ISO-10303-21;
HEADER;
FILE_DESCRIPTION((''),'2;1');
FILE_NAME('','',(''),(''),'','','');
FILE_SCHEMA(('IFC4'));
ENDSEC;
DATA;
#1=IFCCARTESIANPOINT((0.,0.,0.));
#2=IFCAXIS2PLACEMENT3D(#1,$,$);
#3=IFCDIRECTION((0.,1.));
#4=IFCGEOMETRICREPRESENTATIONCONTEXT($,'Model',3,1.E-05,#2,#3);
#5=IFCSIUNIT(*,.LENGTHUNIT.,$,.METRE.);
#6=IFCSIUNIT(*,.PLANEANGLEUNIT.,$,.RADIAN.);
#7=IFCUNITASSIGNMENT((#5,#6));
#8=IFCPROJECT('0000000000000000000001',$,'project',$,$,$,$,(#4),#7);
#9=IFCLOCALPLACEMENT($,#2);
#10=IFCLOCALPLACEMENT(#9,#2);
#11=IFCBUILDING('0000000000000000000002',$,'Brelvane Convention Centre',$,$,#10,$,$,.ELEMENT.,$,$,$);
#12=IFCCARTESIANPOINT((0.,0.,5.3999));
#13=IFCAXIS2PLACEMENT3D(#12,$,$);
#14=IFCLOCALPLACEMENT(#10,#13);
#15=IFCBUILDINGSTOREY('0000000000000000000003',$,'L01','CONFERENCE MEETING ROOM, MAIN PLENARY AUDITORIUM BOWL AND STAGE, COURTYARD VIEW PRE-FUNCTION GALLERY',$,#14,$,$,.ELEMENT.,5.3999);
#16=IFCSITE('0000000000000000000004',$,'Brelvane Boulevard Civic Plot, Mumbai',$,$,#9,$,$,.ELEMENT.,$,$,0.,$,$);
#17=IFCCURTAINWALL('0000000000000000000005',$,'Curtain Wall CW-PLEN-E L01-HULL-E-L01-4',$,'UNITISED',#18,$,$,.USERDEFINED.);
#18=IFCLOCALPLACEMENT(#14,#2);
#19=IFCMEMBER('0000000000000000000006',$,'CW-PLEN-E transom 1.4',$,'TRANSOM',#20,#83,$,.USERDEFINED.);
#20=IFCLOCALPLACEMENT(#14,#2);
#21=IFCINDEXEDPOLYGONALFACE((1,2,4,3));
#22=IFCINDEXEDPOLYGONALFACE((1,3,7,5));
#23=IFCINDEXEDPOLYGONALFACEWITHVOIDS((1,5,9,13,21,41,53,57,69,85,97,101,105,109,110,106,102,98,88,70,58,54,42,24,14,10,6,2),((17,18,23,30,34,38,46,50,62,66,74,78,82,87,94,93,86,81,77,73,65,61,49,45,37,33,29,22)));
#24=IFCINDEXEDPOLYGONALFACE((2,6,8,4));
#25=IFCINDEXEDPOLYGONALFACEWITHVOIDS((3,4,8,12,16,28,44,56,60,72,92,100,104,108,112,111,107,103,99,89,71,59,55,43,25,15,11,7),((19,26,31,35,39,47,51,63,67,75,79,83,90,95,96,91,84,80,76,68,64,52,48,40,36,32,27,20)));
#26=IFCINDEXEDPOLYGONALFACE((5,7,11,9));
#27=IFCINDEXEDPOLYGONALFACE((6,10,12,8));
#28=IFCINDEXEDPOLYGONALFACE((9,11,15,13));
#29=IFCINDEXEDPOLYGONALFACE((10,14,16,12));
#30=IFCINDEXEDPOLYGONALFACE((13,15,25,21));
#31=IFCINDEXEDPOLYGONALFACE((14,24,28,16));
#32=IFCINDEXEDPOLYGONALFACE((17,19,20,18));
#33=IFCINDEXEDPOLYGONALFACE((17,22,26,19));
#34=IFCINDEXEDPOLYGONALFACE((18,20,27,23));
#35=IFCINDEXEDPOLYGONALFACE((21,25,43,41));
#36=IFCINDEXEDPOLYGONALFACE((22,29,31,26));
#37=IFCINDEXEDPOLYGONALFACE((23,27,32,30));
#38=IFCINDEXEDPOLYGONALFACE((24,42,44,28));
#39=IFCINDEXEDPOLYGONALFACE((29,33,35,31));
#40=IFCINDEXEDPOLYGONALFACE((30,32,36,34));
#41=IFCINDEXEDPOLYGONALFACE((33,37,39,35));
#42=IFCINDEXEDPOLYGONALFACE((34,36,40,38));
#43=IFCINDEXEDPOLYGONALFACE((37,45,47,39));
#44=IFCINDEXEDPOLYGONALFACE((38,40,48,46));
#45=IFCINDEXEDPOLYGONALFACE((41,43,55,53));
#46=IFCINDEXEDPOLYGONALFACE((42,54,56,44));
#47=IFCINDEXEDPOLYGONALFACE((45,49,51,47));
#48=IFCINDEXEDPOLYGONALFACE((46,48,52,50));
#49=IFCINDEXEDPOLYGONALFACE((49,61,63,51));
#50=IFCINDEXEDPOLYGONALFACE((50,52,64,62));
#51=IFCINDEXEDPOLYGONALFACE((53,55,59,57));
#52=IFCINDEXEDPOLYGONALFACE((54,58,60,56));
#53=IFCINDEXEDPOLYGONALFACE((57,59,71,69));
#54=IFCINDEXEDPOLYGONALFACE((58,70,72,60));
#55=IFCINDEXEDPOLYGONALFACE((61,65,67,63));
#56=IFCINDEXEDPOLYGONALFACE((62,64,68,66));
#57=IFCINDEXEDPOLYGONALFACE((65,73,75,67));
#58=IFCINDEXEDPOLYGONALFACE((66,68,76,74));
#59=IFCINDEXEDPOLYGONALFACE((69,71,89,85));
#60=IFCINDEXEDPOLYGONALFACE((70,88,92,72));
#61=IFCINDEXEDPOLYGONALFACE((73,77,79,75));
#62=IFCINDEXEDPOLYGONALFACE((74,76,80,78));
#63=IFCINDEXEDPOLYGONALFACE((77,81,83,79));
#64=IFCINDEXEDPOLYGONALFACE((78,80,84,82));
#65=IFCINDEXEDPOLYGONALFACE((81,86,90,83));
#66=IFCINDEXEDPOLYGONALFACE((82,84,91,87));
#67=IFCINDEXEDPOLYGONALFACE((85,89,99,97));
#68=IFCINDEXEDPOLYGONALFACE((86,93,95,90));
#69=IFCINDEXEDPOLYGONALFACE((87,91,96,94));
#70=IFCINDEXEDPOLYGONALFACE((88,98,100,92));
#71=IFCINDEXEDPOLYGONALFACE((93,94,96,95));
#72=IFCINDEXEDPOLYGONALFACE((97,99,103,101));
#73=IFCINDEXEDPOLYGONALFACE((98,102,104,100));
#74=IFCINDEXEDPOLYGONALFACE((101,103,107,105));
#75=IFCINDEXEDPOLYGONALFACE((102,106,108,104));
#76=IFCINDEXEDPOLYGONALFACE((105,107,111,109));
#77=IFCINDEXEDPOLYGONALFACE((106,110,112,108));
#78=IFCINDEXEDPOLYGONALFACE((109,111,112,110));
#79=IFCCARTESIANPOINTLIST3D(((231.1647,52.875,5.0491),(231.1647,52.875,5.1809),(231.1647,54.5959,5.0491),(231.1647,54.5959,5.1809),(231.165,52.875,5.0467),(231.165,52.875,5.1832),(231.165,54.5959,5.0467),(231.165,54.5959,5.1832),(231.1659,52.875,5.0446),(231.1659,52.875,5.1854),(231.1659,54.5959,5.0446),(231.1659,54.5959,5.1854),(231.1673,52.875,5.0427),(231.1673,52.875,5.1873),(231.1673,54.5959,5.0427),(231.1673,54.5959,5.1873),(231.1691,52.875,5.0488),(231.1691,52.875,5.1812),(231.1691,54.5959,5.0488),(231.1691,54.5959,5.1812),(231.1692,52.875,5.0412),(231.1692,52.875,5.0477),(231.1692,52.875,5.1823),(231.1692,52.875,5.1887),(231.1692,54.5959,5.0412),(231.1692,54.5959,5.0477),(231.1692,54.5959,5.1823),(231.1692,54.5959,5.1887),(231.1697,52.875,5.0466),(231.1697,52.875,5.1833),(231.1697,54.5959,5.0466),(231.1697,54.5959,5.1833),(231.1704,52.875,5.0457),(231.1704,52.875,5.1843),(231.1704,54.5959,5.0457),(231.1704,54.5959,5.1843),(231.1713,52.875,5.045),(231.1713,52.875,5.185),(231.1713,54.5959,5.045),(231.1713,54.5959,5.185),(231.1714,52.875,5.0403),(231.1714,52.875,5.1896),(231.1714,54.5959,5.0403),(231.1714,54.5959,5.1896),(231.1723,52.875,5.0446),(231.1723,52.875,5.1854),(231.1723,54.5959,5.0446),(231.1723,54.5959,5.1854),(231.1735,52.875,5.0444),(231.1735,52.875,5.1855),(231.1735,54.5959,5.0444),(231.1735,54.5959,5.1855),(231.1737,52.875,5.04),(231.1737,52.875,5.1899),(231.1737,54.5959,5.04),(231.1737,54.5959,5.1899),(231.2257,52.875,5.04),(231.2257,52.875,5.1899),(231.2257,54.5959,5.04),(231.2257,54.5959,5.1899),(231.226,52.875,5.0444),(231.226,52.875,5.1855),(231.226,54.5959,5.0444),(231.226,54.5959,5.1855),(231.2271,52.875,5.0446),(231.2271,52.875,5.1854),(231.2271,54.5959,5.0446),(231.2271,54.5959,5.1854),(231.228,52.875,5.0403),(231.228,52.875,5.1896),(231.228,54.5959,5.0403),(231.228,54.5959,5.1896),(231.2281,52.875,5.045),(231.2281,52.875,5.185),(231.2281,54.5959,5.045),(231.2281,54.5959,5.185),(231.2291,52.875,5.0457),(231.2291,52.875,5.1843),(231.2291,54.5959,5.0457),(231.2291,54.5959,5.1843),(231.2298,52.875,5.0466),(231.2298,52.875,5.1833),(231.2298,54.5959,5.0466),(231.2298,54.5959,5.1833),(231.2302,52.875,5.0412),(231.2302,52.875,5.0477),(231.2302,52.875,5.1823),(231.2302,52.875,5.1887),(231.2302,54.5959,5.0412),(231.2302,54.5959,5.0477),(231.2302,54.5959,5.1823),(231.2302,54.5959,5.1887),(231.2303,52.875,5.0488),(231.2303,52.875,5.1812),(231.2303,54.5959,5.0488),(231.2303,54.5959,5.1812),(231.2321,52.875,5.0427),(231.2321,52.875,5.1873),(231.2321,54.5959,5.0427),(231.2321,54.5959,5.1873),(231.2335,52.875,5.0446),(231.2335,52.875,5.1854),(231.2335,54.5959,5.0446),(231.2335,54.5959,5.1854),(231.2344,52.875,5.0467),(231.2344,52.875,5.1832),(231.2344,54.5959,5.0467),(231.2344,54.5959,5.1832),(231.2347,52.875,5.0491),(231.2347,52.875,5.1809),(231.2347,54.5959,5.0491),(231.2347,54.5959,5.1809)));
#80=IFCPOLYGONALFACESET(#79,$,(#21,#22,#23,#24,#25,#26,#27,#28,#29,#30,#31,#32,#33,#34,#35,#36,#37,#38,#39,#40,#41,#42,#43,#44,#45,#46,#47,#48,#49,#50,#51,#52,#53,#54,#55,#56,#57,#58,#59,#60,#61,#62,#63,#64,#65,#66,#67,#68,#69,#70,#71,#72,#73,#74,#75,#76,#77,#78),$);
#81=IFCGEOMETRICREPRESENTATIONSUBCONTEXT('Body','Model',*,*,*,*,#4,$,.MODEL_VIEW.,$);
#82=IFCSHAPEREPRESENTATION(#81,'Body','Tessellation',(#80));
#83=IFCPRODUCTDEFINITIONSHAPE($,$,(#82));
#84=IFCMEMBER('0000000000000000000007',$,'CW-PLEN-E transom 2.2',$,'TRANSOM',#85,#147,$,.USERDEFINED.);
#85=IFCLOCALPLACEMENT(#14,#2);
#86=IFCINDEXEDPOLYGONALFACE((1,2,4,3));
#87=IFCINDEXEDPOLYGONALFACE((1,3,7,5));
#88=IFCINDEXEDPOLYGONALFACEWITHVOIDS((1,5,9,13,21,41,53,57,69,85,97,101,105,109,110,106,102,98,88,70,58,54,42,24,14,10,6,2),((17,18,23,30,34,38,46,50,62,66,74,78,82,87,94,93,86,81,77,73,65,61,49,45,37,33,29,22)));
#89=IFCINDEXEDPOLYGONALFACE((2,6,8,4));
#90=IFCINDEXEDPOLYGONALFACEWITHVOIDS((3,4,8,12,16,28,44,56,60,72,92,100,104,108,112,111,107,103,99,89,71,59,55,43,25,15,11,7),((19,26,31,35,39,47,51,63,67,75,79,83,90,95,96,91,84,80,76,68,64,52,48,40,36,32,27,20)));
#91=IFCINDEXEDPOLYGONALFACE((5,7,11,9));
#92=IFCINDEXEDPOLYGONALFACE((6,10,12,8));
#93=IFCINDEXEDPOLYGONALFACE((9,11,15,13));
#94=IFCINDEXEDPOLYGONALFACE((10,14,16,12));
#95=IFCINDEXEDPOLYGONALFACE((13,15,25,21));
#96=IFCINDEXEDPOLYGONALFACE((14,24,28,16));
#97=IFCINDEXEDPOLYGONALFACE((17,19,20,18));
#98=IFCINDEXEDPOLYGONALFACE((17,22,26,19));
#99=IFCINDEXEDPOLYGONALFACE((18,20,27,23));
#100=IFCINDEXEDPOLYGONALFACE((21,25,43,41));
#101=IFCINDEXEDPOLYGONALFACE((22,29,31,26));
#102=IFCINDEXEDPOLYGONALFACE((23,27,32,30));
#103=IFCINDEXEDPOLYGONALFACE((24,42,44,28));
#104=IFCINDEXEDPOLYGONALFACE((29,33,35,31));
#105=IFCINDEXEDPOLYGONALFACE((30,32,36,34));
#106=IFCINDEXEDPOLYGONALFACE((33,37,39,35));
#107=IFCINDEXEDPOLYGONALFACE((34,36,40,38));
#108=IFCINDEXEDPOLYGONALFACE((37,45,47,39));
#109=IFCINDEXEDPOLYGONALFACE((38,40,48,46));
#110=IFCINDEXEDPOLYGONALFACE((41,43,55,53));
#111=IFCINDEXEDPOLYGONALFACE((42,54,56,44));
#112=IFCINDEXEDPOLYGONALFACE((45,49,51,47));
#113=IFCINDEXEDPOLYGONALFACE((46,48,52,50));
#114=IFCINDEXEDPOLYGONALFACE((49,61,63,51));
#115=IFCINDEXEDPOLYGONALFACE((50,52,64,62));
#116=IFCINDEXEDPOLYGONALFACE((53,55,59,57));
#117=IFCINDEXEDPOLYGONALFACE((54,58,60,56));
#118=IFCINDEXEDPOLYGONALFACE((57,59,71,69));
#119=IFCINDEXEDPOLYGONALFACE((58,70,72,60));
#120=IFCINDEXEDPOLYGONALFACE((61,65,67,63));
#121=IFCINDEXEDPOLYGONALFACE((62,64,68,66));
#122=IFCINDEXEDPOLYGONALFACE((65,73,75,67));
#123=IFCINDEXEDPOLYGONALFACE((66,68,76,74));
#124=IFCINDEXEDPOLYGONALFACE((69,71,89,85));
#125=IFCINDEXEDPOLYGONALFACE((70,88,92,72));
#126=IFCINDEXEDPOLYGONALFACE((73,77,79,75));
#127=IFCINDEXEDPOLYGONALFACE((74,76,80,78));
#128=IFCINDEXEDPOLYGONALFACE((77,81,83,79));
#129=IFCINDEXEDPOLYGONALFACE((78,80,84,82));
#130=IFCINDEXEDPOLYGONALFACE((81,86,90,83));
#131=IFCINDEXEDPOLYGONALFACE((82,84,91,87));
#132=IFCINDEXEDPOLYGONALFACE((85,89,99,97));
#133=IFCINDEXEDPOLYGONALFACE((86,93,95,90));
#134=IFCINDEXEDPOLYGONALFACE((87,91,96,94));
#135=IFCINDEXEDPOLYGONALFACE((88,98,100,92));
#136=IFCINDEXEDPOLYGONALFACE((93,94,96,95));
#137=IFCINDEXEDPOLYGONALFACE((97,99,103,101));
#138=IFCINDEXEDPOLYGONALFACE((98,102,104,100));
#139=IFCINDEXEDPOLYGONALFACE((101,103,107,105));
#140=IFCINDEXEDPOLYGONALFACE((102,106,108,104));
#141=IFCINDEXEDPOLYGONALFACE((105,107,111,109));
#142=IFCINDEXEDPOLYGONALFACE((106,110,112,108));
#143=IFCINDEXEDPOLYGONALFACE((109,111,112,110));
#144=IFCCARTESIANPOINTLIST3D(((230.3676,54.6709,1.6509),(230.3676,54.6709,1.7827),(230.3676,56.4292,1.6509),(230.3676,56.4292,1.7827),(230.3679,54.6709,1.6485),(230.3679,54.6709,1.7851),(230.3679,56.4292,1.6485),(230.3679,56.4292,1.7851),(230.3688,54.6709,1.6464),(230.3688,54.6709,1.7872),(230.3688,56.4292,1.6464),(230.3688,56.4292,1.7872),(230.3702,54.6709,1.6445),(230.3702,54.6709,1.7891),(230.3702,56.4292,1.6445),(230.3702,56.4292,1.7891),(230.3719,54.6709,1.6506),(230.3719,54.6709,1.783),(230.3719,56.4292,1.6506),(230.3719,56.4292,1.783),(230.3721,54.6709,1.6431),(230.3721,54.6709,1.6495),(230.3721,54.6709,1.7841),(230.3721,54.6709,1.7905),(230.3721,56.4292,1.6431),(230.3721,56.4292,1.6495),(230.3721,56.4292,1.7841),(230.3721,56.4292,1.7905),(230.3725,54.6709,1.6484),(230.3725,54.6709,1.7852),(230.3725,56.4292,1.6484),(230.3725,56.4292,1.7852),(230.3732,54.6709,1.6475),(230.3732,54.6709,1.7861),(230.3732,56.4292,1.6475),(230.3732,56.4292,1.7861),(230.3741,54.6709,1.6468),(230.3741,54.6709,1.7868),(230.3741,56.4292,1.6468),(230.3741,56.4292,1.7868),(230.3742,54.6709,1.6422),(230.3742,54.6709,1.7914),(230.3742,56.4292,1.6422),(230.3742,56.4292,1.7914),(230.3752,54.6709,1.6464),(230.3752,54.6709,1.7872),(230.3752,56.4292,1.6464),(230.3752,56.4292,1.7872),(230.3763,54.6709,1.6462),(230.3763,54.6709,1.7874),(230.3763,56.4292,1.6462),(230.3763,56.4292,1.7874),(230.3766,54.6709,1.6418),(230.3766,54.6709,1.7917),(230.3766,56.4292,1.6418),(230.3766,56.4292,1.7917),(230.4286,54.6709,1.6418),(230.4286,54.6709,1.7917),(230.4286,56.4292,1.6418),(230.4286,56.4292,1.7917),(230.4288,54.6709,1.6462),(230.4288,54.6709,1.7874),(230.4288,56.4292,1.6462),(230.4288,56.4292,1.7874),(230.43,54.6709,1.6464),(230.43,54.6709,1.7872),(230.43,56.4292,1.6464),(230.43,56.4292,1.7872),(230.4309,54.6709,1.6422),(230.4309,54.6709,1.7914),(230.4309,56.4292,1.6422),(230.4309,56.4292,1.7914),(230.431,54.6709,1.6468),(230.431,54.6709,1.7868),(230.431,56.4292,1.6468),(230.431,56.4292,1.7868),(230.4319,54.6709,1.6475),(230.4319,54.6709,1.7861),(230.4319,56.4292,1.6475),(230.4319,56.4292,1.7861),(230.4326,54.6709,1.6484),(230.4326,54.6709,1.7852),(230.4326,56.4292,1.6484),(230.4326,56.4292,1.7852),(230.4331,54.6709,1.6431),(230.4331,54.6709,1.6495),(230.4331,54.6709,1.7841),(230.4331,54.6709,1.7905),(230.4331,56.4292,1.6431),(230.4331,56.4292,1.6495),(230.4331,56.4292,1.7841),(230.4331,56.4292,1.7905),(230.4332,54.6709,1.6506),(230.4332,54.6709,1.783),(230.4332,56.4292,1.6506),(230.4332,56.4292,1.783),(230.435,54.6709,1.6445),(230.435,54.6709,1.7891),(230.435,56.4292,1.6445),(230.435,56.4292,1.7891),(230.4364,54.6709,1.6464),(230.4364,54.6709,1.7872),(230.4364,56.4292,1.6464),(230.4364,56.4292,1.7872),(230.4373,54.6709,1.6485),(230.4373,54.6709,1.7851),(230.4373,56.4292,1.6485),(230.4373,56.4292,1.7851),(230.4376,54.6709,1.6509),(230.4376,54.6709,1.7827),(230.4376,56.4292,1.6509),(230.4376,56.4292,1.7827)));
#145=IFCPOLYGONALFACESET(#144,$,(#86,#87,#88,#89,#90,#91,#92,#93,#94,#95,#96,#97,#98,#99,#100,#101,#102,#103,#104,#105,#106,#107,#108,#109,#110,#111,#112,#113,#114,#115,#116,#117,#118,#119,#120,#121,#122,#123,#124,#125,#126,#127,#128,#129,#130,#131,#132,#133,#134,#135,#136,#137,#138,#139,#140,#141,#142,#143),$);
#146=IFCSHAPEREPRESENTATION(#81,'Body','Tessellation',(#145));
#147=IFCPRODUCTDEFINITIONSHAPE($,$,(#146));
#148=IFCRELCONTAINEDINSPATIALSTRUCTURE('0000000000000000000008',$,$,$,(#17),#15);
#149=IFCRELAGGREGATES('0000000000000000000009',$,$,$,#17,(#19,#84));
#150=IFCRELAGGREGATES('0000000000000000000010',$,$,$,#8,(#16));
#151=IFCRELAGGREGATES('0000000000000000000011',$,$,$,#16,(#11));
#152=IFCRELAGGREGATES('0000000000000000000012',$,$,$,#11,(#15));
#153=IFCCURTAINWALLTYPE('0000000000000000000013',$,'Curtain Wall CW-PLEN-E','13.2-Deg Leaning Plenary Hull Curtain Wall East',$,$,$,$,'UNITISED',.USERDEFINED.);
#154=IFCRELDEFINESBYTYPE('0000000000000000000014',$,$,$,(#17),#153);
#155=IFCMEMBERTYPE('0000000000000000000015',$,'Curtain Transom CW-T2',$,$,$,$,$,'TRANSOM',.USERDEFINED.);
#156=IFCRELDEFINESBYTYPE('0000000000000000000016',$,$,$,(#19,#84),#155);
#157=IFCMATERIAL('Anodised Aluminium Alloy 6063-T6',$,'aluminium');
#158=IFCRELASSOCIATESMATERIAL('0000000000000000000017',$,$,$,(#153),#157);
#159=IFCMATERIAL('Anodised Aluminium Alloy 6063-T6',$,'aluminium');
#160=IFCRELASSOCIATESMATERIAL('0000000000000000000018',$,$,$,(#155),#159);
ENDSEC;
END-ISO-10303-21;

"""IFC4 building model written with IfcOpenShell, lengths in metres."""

from ifc_helpers import new_model, si_unit, direction, frame, origin, origin_2d, place, context, subcontext, project, spatial, hollow_rectangle, extrude, material, material_profile, profile_set, type_object, element, aggregate, save


model = new_model("IFC4")

# Units and contexts
model_context = context("Model", 3, precision=1e-05, world=origin(), true_north=direction((0.0, 1.0)))
body_context = subcontext(model_context, "Body", "Model", "MODEL_VIEW")
ifc_project = project(units=[si_unit("LENGTHUNIT", "METRE"), si_unit("PLANEANGLEUNIT", "RADIAN")], contexts=[model_context])

# Site, building, storey
site_placement = place(None, origin())
site = spatial("IfcSite", under=ifc_project, at=site_placement, Name="Brelvane Boulevard Civic Plot, Mumbai", CompositionType="ELEMENT", RefElevation=0.0)
building_placement = place(site_placement, origin())
building = spatial("IfcBuilding", under=site, at=building_placement, Name="Brelvane Convention Centre", CompositionType="ELEMENT")
storey_placement = place(building_placement, frame((0.0, 0.0, 5.3999)))
storey = spatial("IfcBuildingStorey", under=building, at=storey_placement, Name="L01", Description="CONFERENCE MEETING ROOM, MAIN PLENARY AUDITORIUM BOWL AND STAGE, COURTYARD VIEW PRE-FUNCTION GALLERY", CompositionType="ELEMENT", Elevation=5.3999)

# Curtain wall, members
ifc_material_1 = material(Name="Anodised Aluminium Alloy 6063-T6", Category="aluminium")
curtain_wall_type = type_object("IfcCurtainWallType", Name="Curtain Wall CW-PLEN-E", Description="13.2-Deg Leaning Plenary Hull Curtain Wall East", ElementType="UNITISED", PredefinedType="USERDEFINED", material=ifc_material_1)
curtain_wall_1_placement = place(storey_placement, origin())
curtain_wall_1 = element("IfcCurtainWall", 1, at=curtain_wall_1_placement, inside=storey, type_object=curtain_wall_type, Name="Curtain Wall CW-PLEN-E L01-HULL-E-L01-4", ObjectType="UNITISED", PredefinedType="USERDEFINED")
ifc_material_2 = material(Name="Anodised Aluminium Alloy 6063-T6", Category="aluminium")
ifc_material_profile = material_profile(ifc_material_2, hollow_rectangle(XDim=0.0701, YDim=0.1499, WallThickness=0.0044, InnerFilletRadius=0.0044, OuterFilletRadius=0.009, at=origin_2d()), Name="ALU-T 150x70x4.5")
ifc_profile_set = profile_set([ifc_material_profile], Name="Anodised Aluminium Alloy 6063-T6")
member_type = type_object("IfcMemberType", Name="Curtain Transom CW-T2", ElementType="TRANSOM", PredefinedType="USERDEFINED", material=ifc_profile_set)
member_1_placement = place(storey_placement, frame((231.1997, 52.875, 5.115), z_axis=(0.0, 1.0, 0.0), x_axis=(-1.0, 0.0, 0.0)))
member_1 = element("IfcMember", 2, at=member_1_placement, type_object=member_type, Name="CW-PLEN-E transom 1.4", ObjectType="TRANSOM", PredefinedType="USERDEFINED", context=body_context, shape_type="SweptSolid", body=[
    extrude(hollow_rectangle(XDim=0.0701, YDim=0.1499, WallThickness=0.0044, InnerFilletRadius=0.0044, OuterFilletRadius=0.009, at=origin_2d()), origin(), (0.0, 0.0, 1.0), 1.7209),
])
member_2_placement = place(storey_placement, frame((230.4026, 54.6709, 1.7168), z_axis=(0.0, 1.0, 0.0), x_axis=(-1.0, 0.0, 0.0)))
member_2 = element("IfcMember", 3, at=member_2_placement, type_object=member_type, Name="CW-PLEN-E transom 2.2", ObjectType="TRANSOM", PredefinedType="USERDEFINED", context=body_context, shape_type="SweptSolid", body=[
    extrude(hollow_rectangle(XDim=0.0701, YDim=0.1499, WallThickness=0.0044, InnerFilletRadius=0.0044, OuterFilletRadius=0.009, at=origin_2d()), origin(), (0.0, 0.0, 1.0), 1.7583),
])
aggregate(curtain_wall_1, [member_1, member_2])

save(model, "model.ifc")
